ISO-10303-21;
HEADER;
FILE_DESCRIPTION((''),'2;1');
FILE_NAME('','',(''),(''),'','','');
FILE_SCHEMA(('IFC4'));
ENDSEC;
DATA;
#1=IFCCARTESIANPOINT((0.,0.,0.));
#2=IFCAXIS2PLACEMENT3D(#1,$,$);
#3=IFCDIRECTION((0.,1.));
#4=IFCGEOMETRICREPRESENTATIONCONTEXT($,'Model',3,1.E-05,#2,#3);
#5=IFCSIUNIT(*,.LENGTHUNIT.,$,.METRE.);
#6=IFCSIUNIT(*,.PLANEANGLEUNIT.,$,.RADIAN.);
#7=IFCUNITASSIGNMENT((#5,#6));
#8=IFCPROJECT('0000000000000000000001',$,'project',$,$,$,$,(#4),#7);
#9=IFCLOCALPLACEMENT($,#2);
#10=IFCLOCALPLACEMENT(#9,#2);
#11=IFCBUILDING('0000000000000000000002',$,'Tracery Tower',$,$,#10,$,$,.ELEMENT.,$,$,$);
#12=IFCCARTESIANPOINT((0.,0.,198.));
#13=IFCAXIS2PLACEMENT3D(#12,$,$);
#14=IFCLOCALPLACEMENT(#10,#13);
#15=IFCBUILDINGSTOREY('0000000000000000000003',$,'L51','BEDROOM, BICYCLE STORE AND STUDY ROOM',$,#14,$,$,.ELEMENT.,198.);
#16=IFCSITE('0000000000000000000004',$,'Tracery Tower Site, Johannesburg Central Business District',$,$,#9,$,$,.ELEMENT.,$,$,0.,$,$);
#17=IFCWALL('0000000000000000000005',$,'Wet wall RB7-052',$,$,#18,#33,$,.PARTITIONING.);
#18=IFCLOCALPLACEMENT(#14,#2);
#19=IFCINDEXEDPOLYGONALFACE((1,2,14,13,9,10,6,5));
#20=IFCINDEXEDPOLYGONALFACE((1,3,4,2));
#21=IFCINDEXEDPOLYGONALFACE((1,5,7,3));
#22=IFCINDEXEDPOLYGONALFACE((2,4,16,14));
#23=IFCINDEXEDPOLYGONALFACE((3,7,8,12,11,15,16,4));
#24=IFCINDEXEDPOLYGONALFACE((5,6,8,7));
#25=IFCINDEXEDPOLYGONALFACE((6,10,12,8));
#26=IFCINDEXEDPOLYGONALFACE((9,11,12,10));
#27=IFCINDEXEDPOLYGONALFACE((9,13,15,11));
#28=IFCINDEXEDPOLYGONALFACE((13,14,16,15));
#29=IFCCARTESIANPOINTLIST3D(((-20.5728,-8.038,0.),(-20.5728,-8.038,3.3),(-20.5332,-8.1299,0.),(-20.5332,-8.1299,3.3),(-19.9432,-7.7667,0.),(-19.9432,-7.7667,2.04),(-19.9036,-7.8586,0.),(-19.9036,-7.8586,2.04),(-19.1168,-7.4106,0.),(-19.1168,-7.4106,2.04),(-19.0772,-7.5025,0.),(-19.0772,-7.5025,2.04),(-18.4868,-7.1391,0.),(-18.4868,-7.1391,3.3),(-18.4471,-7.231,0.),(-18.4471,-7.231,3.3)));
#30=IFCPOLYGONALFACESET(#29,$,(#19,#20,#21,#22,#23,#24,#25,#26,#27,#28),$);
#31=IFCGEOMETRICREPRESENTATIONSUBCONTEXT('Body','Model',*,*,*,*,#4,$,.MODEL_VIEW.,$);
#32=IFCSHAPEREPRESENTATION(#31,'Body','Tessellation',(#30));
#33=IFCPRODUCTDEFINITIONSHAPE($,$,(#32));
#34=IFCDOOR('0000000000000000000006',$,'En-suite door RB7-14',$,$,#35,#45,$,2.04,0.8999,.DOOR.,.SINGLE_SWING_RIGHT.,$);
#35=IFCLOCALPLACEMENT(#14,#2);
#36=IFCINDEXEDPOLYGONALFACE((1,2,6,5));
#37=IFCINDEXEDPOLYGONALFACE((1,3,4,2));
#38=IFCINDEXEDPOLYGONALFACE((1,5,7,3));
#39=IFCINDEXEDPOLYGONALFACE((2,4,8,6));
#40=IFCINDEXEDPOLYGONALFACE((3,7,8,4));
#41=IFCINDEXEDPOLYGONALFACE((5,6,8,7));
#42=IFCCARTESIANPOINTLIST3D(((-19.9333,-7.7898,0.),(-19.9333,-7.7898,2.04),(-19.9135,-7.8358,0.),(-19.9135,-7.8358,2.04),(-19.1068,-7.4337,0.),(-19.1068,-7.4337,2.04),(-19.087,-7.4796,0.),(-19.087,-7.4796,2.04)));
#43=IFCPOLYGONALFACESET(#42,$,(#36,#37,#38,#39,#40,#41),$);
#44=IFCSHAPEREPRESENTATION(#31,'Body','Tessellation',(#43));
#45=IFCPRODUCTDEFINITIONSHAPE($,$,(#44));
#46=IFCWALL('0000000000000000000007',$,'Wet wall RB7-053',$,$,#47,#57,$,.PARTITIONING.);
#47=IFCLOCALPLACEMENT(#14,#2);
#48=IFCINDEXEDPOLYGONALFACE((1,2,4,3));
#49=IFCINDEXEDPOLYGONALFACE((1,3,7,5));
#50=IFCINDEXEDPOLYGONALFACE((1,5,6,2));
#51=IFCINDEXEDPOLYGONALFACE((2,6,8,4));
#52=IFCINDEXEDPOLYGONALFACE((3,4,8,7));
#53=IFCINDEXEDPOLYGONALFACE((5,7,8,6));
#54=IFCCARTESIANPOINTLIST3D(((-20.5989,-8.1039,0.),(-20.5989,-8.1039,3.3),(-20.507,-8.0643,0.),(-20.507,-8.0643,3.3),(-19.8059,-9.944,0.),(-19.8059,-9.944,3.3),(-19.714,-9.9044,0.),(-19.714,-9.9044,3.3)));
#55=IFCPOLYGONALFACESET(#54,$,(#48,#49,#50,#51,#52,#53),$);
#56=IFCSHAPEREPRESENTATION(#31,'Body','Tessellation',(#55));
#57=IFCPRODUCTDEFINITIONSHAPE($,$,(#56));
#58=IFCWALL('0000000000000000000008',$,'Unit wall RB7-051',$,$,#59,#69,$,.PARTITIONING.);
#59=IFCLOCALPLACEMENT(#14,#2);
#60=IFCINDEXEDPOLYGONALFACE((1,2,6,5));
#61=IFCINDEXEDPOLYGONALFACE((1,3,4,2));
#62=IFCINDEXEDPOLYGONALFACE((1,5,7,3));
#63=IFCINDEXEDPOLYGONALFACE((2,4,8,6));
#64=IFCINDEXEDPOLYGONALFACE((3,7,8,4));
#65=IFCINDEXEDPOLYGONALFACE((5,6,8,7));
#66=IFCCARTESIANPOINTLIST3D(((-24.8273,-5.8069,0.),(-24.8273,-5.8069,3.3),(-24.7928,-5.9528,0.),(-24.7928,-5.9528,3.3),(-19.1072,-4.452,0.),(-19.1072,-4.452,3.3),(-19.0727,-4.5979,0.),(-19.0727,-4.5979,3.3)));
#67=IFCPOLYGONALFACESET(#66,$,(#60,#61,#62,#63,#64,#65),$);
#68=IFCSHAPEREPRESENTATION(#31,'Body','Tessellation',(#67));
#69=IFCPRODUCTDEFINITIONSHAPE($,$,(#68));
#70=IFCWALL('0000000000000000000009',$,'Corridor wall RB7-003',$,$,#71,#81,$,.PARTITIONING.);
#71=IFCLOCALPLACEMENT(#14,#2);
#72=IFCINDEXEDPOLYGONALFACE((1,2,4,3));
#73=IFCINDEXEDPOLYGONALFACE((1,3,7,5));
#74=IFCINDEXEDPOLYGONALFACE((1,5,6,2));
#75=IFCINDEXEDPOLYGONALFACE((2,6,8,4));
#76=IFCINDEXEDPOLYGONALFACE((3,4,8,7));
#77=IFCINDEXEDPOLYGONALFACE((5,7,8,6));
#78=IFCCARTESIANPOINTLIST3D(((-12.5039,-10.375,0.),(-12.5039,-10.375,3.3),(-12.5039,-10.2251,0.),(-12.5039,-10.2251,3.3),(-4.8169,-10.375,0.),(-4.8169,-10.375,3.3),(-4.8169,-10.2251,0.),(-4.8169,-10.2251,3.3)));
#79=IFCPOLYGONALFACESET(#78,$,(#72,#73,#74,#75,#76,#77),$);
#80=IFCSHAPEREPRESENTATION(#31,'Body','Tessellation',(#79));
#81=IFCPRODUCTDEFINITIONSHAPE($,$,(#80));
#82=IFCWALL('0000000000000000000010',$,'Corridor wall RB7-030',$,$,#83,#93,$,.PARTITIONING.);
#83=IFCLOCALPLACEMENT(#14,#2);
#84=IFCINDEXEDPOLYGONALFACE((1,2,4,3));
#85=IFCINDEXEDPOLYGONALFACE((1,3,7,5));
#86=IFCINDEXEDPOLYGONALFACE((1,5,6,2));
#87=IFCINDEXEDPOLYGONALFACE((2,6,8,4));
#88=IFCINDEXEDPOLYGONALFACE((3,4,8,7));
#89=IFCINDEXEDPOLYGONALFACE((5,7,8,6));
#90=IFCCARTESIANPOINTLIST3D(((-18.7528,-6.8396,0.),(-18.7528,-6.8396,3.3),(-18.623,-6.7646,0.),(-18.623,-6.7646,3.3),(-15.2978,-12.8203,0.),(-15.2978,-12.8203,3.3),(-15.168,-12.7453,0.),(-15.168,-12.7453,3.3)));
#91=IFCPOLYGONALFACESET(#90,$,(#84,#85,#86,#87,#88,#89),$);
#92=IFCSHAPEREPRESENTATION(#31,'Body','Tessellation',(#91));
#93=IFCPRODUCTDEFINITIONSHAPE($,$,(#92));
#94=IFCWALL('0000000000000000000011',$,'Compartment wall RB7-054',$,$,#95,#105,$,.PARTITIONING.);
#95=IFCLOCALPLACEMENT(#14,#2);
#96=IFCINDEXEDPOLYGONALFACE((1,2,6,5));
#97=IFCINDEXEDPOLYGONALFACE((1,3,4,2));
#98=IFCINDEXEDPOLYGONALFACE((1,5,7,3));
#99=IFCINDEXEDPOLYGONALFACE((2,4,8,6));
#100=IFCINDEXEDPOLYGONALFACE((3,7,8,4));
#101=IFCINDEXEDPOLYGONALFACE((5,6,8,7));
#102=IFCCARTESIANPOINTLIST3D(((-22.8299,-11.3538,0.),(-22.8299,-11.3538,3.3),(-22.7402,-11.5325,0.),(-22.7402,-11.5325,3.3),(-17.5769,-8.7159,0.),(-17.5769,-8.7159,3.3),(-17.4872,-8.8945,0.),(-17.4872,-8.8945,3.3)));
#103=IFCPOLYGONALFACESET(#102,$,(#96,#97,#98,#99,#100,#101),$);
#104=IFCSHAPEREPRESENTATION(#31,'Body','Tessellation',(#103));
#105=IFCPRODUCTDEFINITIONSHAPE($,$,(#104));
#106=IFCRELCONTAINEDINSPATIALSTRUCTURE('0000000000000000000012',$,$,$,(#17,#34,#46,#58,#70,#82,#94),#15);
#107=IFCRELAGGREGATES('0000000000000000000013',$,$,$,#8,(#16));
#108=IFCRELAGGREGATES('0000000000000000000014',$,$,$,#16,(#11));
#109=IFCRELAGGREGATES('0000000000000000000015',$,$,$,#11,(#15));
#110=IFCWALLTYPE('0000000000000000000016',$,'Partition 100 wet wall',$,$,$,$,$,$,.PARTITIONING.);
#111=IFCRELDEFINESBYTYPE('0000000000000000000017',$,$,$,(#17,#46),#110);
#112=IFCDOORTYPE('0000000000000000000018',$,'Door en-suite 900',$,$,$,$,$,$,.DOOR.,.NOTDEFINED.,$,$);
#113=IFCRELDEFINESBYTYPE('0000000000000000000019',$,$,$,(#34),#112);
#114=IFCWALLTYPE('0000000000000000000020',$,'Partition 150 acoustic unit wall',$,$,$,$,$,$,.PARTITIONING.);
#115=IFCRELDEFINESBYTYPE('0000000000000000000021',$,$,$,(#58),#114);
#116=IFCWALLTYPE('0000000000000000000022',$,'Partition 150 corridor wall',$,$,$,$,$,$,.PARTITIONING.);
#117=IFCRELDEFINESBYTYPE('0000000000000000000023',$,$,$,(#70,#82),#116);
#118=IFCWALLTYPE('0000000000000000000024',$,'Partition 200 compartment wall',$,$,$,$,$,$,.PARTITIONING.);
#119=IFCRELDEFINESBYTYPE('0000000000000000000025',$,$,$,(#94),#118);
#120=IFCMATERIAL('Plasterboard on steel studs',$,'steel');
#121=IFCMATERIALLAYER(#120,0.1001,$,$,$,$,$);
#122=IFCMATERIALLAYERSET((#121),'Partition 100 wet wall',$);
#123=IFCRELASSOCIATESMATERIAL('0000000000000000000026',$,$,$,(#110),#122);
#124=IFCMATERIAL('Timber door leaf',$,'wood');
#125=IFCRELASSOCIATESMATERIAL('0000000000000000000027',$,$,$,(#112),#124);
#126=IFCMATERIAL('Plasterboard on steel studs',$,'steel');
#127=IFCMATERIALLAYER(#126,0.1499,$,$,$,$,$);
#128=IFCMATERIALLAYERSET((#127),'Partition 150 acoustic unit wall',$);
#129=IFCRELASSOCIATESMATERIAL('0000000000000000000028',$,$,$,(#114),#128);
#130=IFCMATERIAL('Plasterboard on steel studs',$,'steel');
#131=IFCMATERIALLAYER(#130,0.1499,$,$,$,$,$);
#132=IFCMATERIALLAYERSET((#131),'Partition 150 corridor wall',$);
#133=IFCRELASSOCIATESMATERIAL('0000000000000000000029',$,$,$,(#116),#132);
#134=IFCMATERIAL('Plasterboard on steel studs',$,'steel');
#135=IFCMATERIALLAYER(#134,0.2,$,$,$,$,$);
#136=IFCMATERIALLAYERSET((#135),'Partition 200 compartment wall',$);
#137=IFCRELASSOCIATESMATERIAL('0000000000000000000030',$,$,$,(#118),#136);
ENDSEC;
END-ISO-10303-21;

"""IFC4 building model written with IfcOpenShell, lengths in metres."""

from ifc_helpers import new_model, si_unit, direction, frame, frame_2d, origin, place, context, subcontext, project, spatial, rectangle, extrude, material, layer, layer_set, type_object, element, fill, save


model = new_model("IFC4")

# Units and contexts
model_context = context("Model", 3, precision=1e-05, world=origin(), true_north=direction((0.0, 1.0)))
body_context = subcontext(model_context, "Body", "Model", "MODEL_VIEW")
ifc_project = project(units=[si_unit("LENGTHUNIT", "METRE"), si_unit("PLANEANGLEUNIT", "RADIAN")], contexts=[model_context])

# Site, building, storey
site_placement = place(None, origin())
site = spatial("IfcSite", under=ifc_project, at=site_placement, Name="Tracery Tower Site, Johannesburg Central Business District", CompositionType="ELEMENT", RefElevation=0.0)
building_placement = place(site_placement, origin())
building = spatial("IfcBuilding", under=site, at=building_placement, Name="Tracery Tower", CompositionType="ELEMENT")
storey_placement = place(building_placement, frame((0.0, 0.0, 198.0)))
storey = spatial("IfcBuildingStorey", under=building, at=storey_placement, Name="L51", Description="BEDROOM, BICYCLE STORE AND STUDY ROOM", CompositionType="ELEMENT", Elevation=198.0)

# Shared definitions
ifc_material_1 = material(Name="Plasterboard on steel studs", Category="steel")
ifc_layer_1 = layer(ifc_material_1, 0.1001)
ifc_layer_set_1 = layer_set([ifc_layer_1], Name="Partition 100 wet wall")
wall_type_1 = type_object("IfcWallType", Name="Partition 100 wet wall", PredefinedType="PARTITIONING", material=ifc_layer_set_1)
ifc_material_2 = material(Name="Timber door leaf", Category="wood")
door_type_1 = type_object("IfcDoorType", Name="Door en-suite 900", OperationType="NOTDEFINED", PredefinedType="DOOR", material=ifc_material_2)

# Wall, opening, door
wall_1_placement = place(storey_placement, frame((-20.553, -8.084, 0.0), z_axis=(0.0, 0.0, 1.0), x_axis=(0.918354, 0.395761, 0.0)))
wall_1 = element("IfcWall", 1, at=wall_1_placement, inside=storey, type_object=wall_type_1, Name="Wet wall RB7-052", PredefinedType="PARTITIONING", context=body_context, shape_type="SweptSolid", body=[
    extrude(rectangle(XDim=2.2715, YDim=0.1001, at=frame_2d((1.1357, 0.0))), origin(), (0.0, 0.0, 1.0), 3.3),
])
opening_1_placement = place(wall_1_placement, frame((0.6855, 0.0, 0.0)))
opening_1 = element("IfcOpeningElement", 2, at=opening_1_placement, cuts=wall_1, PredefinedType="OPENING", context=body_context, shape_type="SweptSolid", body=[
    extrude(rectangle(XDim=0.8999, YDim=2.04, at=frame_2d((0.45, 1.02))), frame((0.0, 0.05, 0.0), z_axis=(0.0, -1.0, 0.0), x_axis=(1.0, 0.0, 0.0)), (0.0, 0.0, 1.0), 0.1001),
])
door_1_placement = place(opening_1_placement, origin())
door_1 = element("IfcDoor", 3, at=door_1_placement, inside=storey, type_object=door_type_1, Name="En-suite door RB7-14", OperationType="SINGLE_SWING_RIGHT", OverallHeight=2.04, OverallWidth=0.8999, PredefinedType="DOOR", context=body_context, shape_type="SweptSolid", body=[
    extrude(rectangle(XDim=0.8999, YDim=2.04, at=frame_2d((0.45, 1.02))), frame((0.0, 0.0249, 0.0), z_axis=(0.0, -1.0, 0.0), x_axis=(1.0, 0.0, 0.0)), (0.0, 0.0, 1.0), 0.05),
])
fill(opening_1, door_1)

# Walls
wall_2_placement = place(storey_placement, frame((-20.553, -8.084, 0.0), z_axis=(0.0, 0.0, 1.0), x_axis=(0.395757, -0.918355, 0.0)))
element("IfcWall", 4, at=wall_2_placement, inside=storey, type_object=wall_type_1, Name="Wet wall RB7-053", PredefinedType="PARTITIONING", context=body_context, shape_type="SweptSolid", body=[
    extrude(rectangle(XDim=2.0037, YDim=0.1001, at=frame_2d((1.002, 0.0))), origin(), (0.0, 0.0, 1.0), 3.3),
])
ifc_material_3 = material(Name="Plasterboard on steel studs", Category="steel")
ifc_layer_2 = layer(ifc_material_3, 0.1499)
ifc_layer_set_2 = layer_set([ifc_layer_2], Name="Partition 150 acoustic unit wall")
wall_type_2 = type_object("IfcWallType", Name="Partition 150 acoustic unit wall", PredefinedType="PARTITIONING", material=ifc_layer_set_2)
wall_3_placement = place(storey_placement, frame((-24.8101, -5.8799, 0.0), z_axis=(0.0, 0.0, 1.0), x_axis=(0.973073, 0.230497, 0.0)))
element("IfcWall", 5, at=wall_3_placement, inside=storey, type_object=wall_type_2, Name="Unit wall RB7-051", PredefinedType="PARTITIONING", context=body_context, shape_type="SweptSolid", body=[
    extrude(rectangle(XDim=5.8784, YDim=0.1499, at=frame_2d((2.9392, 0.0))), origin(), (0.0, 0.0, 1.0), 3.3),
])
ifc_material_4 = material(Name="Plasterboard on steel studs", Category="steel")
ifc_layer_3 = layer(ifc_material_4, 0.1499)
ifc_layer_set_3 = layer_set([ifc_layer_3], Name="Partition 150 corridor wall")
wall_type_3 = type_object("IfcWallType", Name="Partition 150 corridor wall", PredefinedType="PARTITIONING", material=ifc_layer_set_3)
wall_4_placement = place(storey_placement, frame((-12.5039, -10.3, 0.0), z_axis=(0.0, 0.0, 1.0), x_axis=(1.0, 0.0, 0.0)))
element("IfcWall", 6, at=wall_4_placement, inside=storey, type_object=wall_type_3, Name="Corridor wall RB7-003", PredefinedType="PARTITIONING", context=body_context, shape_type="SweptSolid", body=[
    extrude(rectangle(XDim=7.687, YDim=0.1499, at=frame_2d((3.8435, 0.0))), origin(), (0.0, 0.0, 1.0), 3.3),
])
wall_5_placement = place(storey_placement, frame((-18.688, -6.802, 0.0), z_axis=(0.0, 0.0, 1.0), x_axis=(0.500229, -0.865893, 0.0)))
element("IfcWall", 7, at=wall_5_placement, inside=storey, type_object=wall_type_3, Name="Corridor wall RB7-030", PredefinedType="PARTITIONING", context=body_context, shape_type="SweptSolid", body=[
    extrude(rectangle(XDim=6.907, YDim=0.1499, at=frame_2d((3.4536, 0.0))), origin(), (0.0, 0.0, 1.0), 3.3),
])
ifc_material_5 = material(Name="Plasterboard on steel studs", Category="steel")
ifc_layer_4 = layer(ifc_material_5, 0.2)
ifc_layer_set_4 = layer_set([ifc_layer_4], Name="Partition 200 compartment wall")
wall_type_4 = type_object("IfcWallType", Name="Partition 200 compartment wall", PredefinedType="PARTITIONING", material=ifc_layer_set_4)
wall_6_placement = place(storey_placement, frame((-22.7849, -11.4431, 0.0), z_axis=(0.0, 0.0, 1.0), x_axis=(0.893645, 0.448775, 0.0)))
element("IfcWall", 8, at=wall_6_placement, inside=storey, type_object=wall_type_4, Name="Compartment wall RB7-054", PredefinedType="PARTITIONING", context=body_context, shape_type="SweptSolid", body=[
    extrude(rectangle(XDim=5.8782, YDim=0.2, at=frame_2d((2.939, 0.0))), origin(), (0.0, 0.0, 1.0), 3.3),
])

save(model, "model.ifc")
